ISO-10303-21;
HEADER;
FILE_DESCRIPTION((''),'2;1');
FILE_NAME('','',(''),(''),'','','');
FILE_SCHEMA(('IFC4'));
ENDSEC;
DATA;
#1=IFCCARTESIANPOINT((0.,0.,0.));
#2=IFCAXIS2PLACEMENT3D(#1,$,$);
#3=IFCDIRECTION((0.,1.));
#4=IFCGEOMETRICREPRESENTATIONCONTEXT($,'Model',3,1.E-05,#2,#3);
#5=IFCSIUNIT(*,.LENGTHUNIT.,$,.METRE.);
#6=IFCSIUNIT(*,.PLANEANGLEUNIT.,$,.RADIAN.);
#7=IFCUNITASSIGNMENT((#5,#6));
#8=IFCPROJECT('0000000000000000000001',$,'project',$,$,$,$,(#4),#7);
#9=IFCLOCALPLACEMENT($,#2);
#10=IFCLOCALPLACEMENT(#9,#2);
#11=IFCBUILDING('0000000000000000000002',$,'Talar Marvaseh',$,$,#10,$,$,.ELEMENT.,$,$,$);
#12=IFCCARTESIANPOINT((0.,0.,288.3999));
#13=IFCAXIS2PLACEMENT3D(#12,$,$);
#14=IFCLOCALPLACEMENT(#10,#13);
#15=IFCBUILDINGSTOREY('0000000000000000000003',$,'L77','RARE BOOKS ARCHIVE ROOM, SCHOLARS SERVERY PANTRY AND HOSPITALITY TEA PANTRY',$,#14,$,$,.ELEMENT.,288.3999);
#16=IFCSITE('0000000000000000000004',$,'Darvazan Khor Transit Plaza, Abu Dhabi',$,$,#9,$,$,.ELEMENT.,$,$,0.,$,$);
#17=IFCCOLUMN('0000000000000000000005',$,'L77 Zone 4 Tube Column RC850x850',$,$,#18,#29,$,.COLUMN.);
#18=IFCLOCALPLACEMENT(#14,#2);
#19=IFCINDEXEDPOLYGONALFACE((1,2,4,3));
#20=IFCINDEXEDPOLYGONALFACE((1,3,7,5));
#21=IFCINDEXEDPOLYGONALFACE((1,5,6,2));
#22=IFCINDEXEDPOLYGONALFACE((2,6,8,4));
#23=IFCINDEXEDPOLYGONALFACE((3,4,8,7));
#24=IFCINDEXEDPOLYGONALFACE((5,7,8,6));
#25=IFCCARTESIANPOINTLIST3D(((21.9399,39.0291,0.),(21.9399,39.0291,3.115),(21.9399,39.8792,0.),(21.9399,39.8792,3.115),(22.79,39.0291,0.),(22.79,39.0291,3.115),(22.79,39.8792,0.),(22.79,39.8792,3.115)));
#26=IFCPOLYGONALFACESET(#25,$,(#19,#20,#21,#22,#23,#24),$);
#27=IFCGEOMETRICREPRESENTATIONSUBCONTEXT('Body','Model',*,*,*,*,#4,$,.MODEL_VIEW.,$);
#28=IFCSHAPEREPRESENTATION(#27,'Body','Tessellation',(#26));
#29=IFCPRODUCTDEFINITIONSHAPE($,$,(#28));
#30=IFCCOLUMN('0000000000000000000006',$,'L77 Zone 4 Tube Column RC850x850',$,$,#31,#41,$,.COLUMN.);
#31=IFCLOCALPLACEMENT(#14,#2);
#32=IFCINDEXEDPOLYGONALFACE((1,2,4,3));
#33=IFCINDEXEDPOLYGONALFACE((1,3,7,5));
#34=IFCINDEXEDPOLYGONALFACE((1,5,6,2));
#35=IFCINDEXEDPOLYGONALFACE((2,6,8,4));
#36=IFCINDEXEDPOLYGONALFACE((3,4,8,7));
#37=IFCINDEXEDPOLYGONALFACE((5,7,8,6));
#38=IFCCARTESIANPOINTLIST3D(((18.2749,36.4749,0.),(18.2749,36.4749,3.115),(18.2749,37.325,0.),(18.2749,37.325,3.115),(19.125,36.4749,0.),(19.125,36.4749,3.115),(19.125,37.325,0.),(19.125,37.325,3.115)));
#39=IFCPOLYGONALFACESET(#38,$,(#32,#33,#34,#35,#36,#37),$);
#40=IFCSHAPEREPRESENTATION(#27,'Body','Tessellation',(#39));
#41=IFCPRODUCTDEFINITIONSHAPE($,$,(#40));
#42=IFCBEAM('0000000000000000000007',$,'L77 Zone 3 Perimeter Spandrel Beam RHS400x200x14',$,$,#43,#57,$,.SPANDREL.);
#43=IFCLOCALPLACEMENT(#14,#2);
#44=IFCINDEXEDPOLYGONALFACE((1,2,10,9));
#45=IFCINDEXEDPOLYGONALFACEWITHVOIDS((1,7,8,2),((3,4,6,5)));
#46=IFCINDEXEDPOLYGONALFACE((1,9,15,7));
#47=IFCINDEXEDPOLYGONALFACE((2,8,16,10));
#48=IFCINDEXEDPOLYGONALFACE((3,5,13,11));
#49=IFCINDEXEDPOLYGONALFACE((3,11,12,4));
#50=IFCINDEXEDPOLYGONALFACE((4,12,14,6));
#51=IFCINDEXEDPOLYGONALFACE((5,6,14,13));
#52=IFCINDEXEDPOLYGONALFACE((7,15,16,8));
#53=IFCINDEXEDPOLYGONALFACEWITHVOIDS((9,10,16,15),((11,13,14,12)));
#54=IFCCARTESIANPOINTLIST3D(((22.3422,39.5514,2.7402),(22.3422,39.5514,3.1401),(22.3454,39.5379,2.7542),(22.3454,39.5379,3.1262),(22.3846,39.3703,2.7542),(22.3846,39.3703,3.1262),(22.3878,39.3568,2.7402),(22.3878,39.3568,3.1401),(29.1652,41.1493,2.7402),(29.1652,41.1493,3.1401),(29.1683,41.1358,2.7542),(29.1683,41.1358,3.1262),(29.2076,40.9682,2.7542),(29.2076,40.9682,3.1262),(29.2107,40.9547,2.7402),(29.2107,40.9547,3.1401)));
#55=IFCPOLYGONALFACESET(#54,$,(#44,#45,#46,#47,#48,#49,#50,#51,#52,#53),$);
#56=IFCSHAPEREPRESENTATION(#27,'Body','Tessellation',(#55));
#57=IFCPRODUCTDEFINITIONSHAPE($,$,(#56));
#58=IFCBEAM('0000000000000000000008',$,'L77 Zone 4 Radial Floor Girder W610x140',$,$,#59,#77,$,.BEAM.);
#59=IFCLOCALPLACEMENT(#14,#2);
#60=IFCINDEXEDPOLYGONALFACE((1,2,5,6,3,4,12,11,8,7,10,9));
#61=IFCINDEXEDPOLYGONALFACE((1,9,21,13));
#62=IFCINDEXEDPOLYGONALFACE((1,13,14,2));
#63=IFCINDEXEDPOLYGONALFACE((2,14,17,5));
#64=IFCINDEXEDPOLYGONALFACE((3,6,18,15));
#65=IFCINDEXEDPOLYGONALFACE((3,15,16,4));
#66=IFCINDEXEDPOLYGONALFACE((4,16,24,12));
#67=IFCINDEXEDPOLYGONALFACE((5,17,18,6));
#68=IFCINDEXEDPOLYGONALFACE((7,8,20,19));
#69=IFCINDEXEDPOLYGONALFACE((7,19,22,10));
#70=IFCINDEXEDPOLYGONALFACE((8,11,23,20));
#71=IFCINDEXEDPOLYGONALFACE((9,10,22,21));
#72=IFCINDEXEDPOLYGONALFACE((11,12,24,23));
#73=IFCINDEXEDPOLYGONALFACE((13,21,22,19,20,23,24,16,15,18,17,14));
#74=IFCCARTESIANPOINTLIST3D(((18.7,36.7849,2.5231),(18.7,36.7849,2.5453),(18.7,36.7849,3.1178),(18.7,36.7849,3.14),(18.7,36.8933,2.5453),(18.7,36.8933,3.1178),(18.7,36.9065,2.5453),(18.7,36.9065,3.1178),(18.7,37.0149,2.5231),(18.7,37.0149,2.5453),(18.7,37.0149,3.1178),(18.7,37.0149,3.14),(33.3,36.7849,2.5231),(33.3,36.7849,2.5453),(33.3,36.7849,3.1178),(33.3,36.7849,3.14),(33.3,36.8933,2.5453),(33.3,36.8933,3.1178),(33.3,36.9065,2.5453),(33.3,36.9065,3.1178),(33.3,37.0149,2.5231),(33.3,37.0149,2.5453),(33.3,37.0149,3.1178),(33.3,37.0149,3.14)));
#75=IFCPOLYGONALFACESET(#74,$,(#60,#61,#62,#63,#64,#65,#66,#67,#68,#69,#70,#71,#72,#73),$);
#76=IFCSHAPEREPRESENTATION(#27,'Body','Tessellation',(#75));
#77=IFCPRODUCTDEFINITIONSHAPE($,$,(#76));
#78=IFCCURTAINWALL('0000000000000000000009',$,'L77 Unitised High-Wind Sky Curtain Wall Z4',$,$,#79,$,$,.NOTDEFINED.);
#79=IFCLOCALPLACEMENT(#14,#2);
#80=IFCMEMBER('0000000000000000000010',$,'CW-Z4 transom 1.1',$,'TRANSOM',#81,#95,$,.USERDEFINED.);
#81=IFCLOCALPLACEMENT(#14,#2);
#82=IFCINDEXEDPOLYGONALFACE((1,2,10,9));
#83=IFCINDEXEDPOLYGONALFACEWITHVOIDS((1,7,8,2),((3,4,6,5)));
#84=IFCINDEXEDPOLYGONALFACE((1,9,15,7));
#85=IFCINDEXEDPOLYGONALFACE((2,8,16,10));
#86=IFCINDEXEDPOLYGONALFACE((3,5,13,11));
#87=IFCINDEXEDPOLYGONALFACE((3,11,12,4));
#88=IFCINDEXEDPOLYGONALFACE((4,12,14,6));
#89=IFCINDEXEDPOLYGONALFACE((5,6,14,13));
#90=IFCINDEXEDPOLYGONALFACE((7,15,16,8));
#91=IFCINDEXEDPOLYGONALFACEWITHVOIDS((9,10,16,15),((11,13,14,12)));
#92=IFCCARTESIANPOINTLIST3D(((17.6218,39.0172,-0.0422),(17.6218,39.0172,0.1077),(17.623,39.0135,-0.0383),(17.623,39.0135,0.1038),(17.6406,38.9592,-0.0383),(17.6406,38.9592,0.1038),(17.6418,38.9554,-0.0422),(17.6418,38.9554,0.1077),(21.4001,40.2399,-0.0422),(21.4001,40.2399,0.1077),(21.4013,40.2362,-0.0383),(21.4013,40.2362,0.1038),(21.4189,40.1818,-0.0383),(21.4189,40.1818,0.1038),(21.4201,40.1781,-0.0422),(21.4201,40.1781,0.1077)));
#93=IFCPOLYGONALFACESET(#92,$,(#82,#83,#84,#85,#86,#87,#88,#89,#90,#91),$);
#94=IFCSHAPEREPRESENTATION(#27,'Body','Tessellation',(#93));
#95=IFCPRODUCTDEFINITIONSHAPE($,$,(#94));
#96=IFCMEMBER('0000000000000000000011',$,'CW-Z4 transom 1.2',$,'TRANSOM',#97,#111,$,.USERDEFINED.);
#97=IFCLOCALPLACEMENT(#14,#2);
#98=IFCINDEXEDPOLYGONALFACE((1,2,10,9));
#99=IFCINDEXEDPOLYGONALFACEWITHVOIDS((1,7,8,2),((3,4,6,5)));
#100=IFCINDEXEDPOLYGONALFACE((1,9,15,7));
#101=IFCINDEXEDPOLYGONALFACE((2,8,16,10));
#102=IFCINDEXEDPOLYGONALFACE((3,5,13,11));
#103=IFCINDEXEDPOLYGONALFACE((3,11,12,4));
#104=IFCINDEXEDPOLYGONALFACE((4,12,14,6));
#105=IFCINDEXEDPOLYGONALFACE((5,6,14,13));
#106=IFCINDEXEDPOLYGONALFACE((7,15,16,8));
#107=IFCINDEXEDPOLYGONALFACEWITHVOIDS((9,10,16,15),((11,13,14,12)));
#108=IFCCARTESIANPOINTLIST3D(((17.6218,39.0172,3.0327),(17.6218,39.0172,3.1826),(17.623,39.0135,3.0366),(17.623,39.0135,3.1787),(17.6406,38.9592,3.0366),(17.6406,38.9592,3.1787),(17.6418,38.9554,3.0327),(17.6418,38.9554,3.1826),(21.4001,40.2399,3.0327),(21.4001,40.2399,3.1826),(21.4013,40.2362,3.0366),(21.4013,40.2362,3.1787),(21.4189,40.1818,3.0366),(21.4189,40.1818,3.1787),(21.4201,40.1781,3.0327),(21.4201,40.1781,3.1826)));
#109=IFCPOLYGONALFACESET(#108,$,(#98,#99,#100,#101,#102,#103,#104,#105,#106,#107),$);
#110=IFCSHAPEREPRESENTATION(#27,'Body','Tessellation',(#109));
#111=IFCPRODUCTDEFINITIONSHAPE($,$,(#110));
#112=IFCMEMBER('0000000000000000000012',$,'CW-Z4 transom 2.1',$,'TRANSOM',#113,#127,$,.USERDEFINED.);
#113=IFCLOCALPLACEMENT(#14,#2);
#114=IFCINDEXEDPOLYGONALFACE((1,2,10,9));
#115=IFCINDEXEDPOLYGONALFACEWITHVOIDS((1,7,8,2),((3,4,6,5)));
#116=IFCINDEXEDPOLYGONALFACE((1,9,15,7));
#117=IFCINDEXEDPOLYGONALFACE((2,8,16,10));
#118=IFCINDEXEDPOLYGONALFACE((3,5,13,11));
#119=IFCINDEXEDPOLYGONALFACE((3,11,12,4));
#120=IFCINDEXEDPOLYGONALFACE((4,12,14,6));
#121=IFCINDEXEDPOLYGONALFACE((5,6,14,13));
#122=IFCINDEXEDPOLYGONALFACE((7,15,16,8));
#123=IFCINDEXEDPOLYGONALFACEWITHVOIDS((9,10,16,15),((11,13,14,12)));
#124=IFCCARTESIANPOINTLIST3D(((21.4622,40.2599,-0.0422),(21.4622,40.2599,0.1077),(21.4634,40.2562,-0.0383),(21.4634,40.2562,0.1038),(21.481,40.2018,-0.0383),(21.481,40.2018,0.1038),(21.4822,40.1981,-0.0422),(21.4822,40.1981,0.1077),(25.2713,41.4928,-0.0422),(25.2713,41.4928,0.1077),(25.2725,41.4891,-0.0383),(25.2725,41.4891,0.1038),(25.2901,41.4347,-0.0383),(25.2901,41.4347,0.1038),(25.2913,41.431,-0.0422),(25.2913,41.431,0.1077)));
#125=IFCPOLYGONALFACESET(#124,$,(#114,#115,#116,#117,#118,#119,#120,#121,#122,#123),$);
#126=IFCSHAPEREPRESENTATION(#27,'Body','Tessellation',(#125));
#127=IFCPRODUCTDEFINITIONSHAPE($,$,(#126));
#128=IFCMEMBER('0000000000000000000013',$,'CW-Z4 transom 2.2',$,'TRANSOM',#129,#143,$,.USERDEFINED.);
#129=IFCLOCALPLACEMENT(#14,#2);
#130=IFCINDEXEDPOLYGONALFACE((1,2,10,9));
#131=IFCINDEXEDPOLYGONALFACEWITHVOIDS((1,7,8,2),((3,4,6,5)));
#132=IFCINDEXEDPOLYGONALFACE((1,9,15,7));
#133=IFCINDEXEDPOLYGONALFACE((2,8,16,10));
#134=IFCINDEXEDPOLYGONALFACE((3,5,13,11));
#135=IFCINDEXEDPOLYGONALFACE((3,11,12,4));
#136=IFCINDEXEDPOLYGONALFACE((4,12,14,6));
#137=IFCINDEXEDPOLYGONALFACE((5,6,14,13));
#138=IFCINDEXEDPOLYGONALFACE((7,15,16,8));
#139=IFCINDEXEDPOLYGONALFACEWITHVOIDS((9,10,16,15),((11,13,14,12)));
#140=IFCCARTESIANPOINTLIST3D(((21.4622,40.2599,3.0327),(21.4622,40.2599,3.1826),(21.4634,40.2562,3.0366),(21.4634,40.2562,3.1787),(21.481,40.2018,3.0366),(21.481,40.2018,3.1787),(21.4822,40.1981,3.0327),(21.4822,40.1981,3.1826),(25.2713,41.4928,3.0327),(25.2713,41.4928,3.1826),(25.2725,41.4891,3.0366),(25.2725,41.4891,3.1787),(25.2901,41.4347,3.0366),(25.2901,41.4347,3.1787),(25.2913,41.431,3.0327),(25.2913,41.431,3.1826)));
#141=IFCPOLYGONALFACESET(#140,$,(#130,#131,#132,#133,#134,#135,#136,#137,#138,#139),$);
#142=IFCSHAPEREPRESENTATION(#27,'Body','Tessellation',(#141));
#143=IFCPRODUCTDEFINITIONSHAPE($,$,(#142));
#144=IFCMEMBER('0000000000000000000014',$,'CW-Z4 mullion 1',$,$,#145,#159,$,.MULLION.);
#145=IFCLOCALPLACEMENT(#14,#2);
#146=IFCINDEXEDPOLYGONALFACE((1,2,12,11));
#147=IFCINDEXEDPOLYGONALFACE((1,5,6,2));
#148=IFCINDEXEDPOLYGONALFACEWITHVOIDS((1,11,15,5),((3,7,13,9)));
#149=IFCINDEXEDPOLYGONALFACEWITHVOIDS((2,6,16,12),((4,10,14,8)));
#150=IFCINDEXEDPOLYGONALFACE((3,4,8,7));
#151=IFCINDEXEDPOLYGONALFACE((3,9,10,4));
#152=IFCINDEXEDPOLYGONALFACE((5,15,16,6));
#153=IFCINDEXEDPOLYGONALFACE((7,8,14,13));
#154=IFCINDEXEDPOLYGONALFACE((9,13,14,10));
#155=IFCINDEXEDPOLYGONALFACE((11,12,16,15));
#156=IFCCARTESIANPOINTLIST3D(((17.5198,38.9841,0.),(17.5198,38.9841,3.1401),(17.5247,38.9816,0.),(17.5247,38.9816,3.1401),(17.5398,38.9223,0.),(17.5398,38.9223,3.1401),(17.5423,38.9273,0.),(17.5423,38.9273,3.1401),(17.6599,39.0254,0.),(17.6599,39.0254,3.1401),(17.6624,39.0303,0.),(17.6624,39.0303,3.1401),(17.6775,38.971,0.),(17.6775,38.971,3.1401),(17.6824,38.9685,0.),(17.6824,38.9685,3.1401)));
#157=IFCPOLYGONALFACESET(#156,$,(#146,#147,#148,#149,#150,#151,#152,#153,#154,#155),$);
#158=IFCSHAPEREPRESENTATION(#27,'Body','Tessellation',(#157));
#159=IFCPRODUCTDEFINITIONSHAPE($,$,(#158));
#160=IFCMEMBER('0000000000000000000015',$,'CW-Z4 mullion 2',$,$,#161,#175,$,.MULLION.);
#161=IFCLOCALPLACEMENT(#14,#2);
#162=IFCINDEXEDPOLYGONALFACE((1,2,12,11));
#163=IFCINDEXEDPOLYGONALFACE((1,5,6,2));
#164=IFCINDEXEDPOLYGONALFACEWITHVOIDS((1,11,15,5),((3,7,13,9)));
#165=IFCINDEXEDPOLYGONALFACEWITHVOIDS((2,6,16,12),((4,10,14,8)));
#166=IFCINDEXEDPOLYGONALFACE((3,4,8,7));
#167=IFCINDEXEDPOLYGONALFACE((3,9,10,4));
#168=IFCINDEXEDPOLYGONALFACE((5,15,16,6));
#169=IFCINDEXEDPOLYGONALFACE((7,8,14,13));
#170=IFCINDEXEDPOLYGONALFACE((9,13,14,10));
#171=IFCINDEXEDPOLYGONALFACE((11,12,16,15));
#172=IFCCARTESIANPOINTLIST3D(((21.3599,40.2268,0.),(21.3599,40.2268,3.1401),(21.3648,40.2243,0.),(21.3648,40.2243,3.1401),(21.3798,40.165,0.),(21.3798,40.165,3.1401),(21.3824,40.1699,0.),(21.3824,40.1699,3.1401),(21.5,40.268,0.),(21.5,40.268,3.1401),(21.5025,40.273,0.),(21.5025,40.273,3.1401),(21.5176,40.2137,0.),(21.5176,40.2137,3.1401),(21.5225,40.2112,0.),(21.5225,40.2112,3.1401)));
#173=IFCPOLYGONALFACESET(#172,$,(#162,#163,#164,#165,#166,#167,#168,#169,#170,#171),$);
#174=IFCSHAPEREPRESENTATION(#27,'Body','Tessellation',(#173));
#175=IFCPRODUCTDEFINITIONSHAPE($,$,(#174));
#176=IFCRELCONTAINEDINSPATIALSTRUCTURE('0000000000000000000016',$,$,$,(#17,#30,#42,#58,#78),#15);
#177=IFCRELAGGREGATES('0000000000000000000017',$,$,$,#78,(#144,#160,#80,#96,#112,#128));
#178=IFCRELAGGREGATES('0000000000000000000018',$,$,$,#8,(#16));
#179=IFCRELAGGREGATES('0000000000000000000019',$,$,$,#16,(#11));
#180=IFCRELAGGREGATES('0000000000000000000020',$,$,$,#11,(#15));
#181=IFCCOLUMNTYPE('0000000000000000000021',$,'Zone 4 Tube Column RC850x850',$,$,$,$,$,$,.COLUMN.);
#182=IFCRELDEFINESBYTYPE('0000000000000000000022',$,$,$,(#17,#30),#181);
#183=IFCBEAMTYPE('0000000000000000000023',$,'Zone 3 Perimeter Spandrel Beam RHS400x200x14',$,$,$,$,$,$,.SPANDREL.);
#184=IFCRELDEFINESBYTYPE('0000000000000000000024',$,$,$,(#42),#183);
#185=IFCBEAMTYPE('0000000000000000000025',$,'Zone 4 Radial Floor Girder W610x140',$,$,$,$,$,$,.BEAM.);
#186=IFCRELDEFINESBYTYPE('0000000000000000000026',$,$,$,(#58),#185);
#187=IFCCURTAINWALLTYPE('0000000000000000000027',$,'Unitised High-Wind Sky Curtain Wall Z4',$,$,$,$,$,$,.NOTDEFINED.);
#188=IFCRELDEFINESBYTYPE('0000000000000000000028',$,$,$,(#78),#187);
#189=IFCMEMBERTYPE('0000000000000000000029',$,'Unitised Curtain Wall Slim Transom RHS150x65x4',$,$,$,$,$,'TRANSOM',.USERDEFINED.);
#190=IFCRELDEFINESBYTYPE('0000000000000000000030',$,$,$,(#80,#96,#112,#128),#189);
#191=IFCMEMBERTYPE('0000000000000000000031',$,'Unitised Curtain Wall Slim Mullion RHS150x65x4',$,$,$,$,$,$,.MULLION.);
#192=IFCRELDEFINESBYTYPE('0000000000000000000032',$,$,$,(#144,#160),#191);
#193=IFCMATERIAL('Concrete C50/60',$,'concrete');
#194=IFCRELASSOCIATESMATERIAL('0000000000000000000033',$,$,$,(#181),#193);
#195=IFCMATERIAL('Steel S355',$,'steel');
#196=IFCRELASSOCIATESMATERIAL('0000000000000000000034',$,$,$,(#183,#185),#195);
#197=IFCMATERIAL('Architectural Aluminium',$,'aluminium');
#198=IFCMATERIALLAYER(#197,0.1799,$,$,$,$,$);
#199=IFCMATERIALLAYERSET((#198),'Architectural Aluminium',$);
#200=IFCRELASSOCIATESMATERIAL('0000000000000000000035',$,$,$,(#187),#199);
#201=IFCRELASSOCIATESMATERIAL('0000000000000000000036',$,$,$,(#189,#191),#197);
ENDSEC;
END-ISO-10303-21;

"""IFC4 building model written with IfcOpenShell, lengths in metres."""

from ifc_helpers import new_model, si_unit, direction, frame, origin, origin_2d, place, context, subcontext, project, spatial, rectangle, hollow_rectangle, i_section, extrude, source, transform, mapped, material, layer, layer_set, material_profile, profile_set, type_object, type_shapes, element, aggregate, save


model = new_model("IFC4")

# Units and contexts
model_context = context("Model", 3, precision=1e-05, world=origin(), true_north=direction((0.0, 1.0)))
body_context = subcontext(model_context, "Body", "Model", "MODEL_VIEW")
ifc_project = project(units=[si_unit("LENGTHUNIT", "METRE"), si_unit("PLANEANGLEUNIT", "RADIAN")], contexts=[model_context])

# Site, building, storey
site_placement = place(None, origin())
site = spatial("IfcSite", under=ifc_project, at=site_placement, Name="Darvazan Khor Transit Plaza, Abu Dhabi", CompositionType="ELEMENT", RefElevation=0.0)
building_placement = place(site_placement, origin())
building = spatial("IfcBuilding", under=site, at=building_placement, Name="Talar Marvaseh", CompositionType="ELEMENT")
storey_placement = place(building_placement, frame((0.0, 0.0, 288.3999)))
storey = spatial("IfcBuildingStorey", under=building, at=storey_placement, Name="L77", Description="RARE BOOKS ARCHIVE ROOM, SCHOLARS SERVERY PANTRY AND HOSPITALITY TEA PANTRY", CompositionType="ELEMENT", Elevation=288.3999)

# Columns
ifc_material_1 = material(Name="Concrete C50/60", Category="concrete")
ifc_material_profile_1 = material_profile(ifc_material_1, rectangle(XDim=0.8501, YDim=0.8501, at=origin_2d()), Name="RC850x850")
ifc_profile_set_1 = profile_set([ifc_material_profile_1], Name="Concrete C50/60")
column_type = type_object("IfcColumnType", Name="Zone 4 Tube Column RC850x850", PredefinedType="COLUMN", material=ifc_profile_set_1)
for number, where, z_axis, x_axis, name in (
    (1, (22.365, 39.4541, 0.0), (0.0, 0.0, 1.0), (1.0, 0.0, 0.0), "L77 Zone 4 Tube Column RC850x850"),
    (2, (18.7, 36.8999, 0.0), (0.0, 0.0, 1.0), (1.0, 0.0, 0.0), "L77 Zone 4 Tube Column RC850x850"),
):
    element("IfcColumn", number, at=place(storey_placement, frame(where, z_axis=z_axis, x_axis=x_axis)), inside=storey, type_object=column_type, Name=name, PredefinedType="COLUMN", context=body_context, shape_type="SweptSolid", body=[
        extrude(rectangle(XDim=0.8501, YDim=0.8501, at=origin_2d()), origin(), (0.0, 0.0, 1.0), 3.115),
    ])

# Beams
ifc_material_2 = material(Name="Steel S355", Category="steel")
ifc_material_profile_2 = material_profile(ifc_material_2, hollow_rectangle(XDim=0.2, YDim=0.3999, WallThickness=0.0139, at=origin_2d()), Name="RHS400x200x14")
ifc_profile_set_2 = profile_set([ifc_material_profile_2], Name="Steel S355")
beam_type_1 = type_object("IfcBeamType", Name="Zone 3 Perimeter Spandrel Beam RHS400x200x14", PredefinedType="SPANDREL", material=ifc_profile_set_2)
beam_1_placement = place(storey_placement, frame((22.365, 39.4541, 2.9402), z_axis=(0.973656, 0.228024, 0.0), x_axis=(-0.228024, 0.973656, 0.0)))
element("IfcBeam", 3, at=beam_1_placement, inside=storey, type_object=beam_type_1, Name="L77 Zone 3 Perimeter Spandrel Beam RHS400x200x14", PredefinedType="SPANDREL", context=body_context, shape_type="SweptSolid", body=[
    extrude(hollow_rectangle(XDim=0.2, YDim=0.3999, WallThickness=0.0139, at=origin_2d()), origin(), (0.0, 0.0, 1.0), 7.0076),
])
ifc_material_profile_3 = material_profile(ifc_material_2, i_section(OverallWidth=0.23, OverallDepth=0.6169, WebThickness=0.0132, FlangeThickness=0.0222, at=origin_2d()), Name="W610x140")
ifc_profile_set_3 = profile_set([ifc_material_profile_3], Name="Steel S355")
beam_type_2 = type_object("IfcBeamType", Name="Zone 4 Radial Floor Girder W610x140", PredefinedType="BEAM", material=ifc_profile_set_3)
beam_2_placement = place(storey_placement, frame((18.7, 36.8999, 2.8315), z_axis=(1.0, 0.0, 0.0), x_axis=(0.0, 1.0, 0.0)))
element("IfcBeam", 4, at=beam_2_placement, inside=storey, type_object=beam_type_2, Name="L77 Zone 4 Radial Floor Girder W610x140", PredefinedType="BEAM", context=body_context, shape_type="SweptSolid", body=[
    extrude(i_section(OverallWidth=0.23, OverallDepth=0.6169, WebThickness=0.0132, FlangeThickness=0.0222, at=origin_2d()), origin(), (0.0, 0.0, 1.0), 14.6001),
])

# Curtain wall, members
ifc_material_3 = material(Name="Architectural Aluminium", Category="aluminium")
ifc_layer_1 = layer(ifc_material_3, 0.1799)
ifc_layer_set_1 = layer_set([ifc_layer_1], Name="Architectural Aluminium")
curtain_wall_type = type_object("IfcCurtainWallType", Name="Unitised High-Wind Sky Curtain Wall Z4", PredefinedType="NOTDEFINED", material=ifc_layer_set_1)
curtain_wall_placement = place(storey_placement, origin())
curtain_wall = element("IfcCurtainWall", 5, at=curtain_wall_placement, inside=storey, type_object=curtain_wall_type, Name="L77 Unitised High-Wind Sky Curtain Wall Z4", PredefinedType="NOTDEFINED")
ifc_material_profile_4 = material_profile(ifc_material_3, hollow_rectangle(XDim=0.0649, YDim=0.1499, WallThickness=0.0039, at=origin_2d()), Name="RHS150x65x4")
ifc_profile_set_4 = profile_set([ifc_material_profile_4], Name="Architectural Aluminium")
member_type_1 = type_object("IfcMemberType", Name="Unitised Curtain Wall Slim Transom RHS150x65x4", ElementType="TRANSOM", PredefinedType="USERDEFINED", material=ifc_profile_set_4)
shared_shape_1 = source(origin(), body_context, "Body", "SweptSolid", [
    extrude(hollow_rectangle(XDim=0.0649, YDim=0.1499, WallThickness=0.0039, at=origin_2d()), origin(), (0.0, 0.0, 1.0), 3.9712),
])
member_1_placement = place(storey_placement, frame((17.6318, 38.9863, 0.0327), z_axis=(0.951425, 0.307879, 0.0), x_axis=(-0.307879, 0.951425, 0.0)))
member_1 = element("IfcMember", 6, at=member_1_placement, type_object=member_type_1, Name="CW-Z4 transom 1.1", ObjectType="TRANSOM", PredefinedType="USERDEFINED", context=body_context, shape_type="MappedRepresentation", body=[
    mapped(shared_shape_1, transform((0.0, 0.0, 0.0), x_axis=(1.0, 0.0, 0.0), y_axis=(0.0, 1.0, 0.0), z_axis=(0.0, 0.0, 1.0), scale=1.0)),
])
member_2_placement = place(storey_placement, frame((17.6318, 38.9863, 3.1077), z_axis=(0.951425, 0.307879, 0.0), x_axis=(-0.307879, 0.951425, 0.0)))
member_2 = element("IfcMember", 7, at=member_2_placement, type_object=member_type_1, Name="CW-Z4 transom 1.2", ObjectType="TRANSOM", PredefinedType="USERDEFINED", context=body_context, shape_type="MappedRepresentation", body=[
    mapped(shared_shape_1, transform((0.0, 0.0, 0.0), x_axis=(1.0, 0.0, 0.0), y_axis=(0.0, 1.0, 0.0), z_axis=(0.0, 0.0, 1.0), scale=1.0)),
])
shared_shape_2 = source(origin(), body_context, "Body", "SweptSolid", [
    extrude(hollow_rectangle(XDim=0.0649, YDim=0.1499, WallThickness=0.0039, at=origin_2d()), origin(), (0.0, 0.0, 1.0), 4.0037),
])
type_shapes(member_type_1, [shared_shape_1, shared_shape_2])
member_3_placement = place(storey_placement, frame((21.4722, 40.229, 0.0327), z_axis=(0.951404, 0.307947, 0.0), x_axis=(-0.307947, 0.951404, 0.0)))
member_3 = element("IfcMember", 8, at=member_3_placement, type_object=member_type_1, Name="CW-Z4 transom 2.1", ObjectType="TRANSOM", PredefinedType="USERDEFINED", context=body_context, shape_type="MappedRepresentation", body=[
    mapped(shared_shape_2, transform((0.0, 0.0, 0.0), x_axis=(1.0, 0.0, 0.0), y_axis=(0.0, 1.0, 0.0), z_axis=(0.0, 0.0, 1.0), scale=1.0)),
])
member_4_placement = place(storey_placement, frame((21.4722, 40.229, 3.1077), z_axis=(0.951404, 0.307947, 0.0), x_axis=(-0.307947, 0.951404, 0.0)))
member_4 = element("IfcMember", 9, at=member_4_placement, type_object=member_type_1, Name="CW-Z4 transom 2.2", ObjectType="TRANSOM", PredefinedType="USERDEFINED", context=body_context, shape_type="MappedRepresentation", body=[
    mapped(shared_shape_2, transform((0.0, 0.0, 0.0), x_axis=(1.0, 0.0, 0.0), y_axis=(0.0, 1.0, 0.0), z_axis=(0.0, 0.0, 1.0), scale=1.0)),
])
ifc_material_profile_5 = material_profile(ifc_material_3, hollow_rectangle(XDim=0.0649, YDim=0.1499, WallThickness=0.0039, at=origin_2d()), Name="RHS150x65x4")
ifc_profile_set_5 = profile_set([ifc_material_profile_5], Name="Architectural Aluminium")
member_type_2 = type_object("IfcMemberType", Name="Unitised Curtain Wall Slim Mullion RHS150x65x4", PredefinedType="MULLION", material=ifc_profile_set_5)
shared_shape_3 = source(origin(), body_context, "Body", "SweptSolid", [
    extrude(hollow_rectangle(XDim=0.0649, YDim=0.1499, WallThickness=0.0039, at=origin_2d()), origin(), (0.0, 0.0, 1.0), 3.1401),
])
type_shapes(member_type_2, [shared_shape_3])
member_5_placement = place(storey_placement, frame((17.6011, 38.9763, 0.0), z_axis=(0.0, 0.0, 1.0), x_axis=(-0.307889, 0.951422, 0.0)))
member_5 = element("IfcMember", 10, at=member_5_placement, type_object=member_type_2, Name="CW-Z4 mullion 1", PredefinedType="MULLION", context=body_context, shape_type="MappedRepresentation", body=[
    mapped(shared_shape_3, transform((0.0, 0.0, 0.0), x_axis=(1.0, 0.0, 0.0), y_axis=(0.0, 1.0, 0.0), z_axis=(0.0, 0.0, 1.0), scale=1.0)),
])
member_6_placement = place(storey_placement, frame((21.4412, 40.219, 0.0), z_axis=(0.0, 0.0, 1.0), x_axis=(-0.307889, 0.951422, 0.0)))
member_6 = element("IfcMember", 11, at=member_6_placement, type_object=member_type_2, Name="CW-Z4 mullion 2", PredefinedType="MULLION", context=body_context, shape_type="MappedRepresentation", body=[
    mapped(shared_shape_3, transform((0.0, 0.0, 0.0), x_axis=(1.0, 0.0, 0.0), y_axis=(0.0, 1.0, 0.0), z_axis=(0.0, 0.0, 1.0), scale=1.0)),
])
aggregate(curtain_wall, [member_5, member_6, member_1, member_2, member_3, member_4])

save(model, "model.ifc")
